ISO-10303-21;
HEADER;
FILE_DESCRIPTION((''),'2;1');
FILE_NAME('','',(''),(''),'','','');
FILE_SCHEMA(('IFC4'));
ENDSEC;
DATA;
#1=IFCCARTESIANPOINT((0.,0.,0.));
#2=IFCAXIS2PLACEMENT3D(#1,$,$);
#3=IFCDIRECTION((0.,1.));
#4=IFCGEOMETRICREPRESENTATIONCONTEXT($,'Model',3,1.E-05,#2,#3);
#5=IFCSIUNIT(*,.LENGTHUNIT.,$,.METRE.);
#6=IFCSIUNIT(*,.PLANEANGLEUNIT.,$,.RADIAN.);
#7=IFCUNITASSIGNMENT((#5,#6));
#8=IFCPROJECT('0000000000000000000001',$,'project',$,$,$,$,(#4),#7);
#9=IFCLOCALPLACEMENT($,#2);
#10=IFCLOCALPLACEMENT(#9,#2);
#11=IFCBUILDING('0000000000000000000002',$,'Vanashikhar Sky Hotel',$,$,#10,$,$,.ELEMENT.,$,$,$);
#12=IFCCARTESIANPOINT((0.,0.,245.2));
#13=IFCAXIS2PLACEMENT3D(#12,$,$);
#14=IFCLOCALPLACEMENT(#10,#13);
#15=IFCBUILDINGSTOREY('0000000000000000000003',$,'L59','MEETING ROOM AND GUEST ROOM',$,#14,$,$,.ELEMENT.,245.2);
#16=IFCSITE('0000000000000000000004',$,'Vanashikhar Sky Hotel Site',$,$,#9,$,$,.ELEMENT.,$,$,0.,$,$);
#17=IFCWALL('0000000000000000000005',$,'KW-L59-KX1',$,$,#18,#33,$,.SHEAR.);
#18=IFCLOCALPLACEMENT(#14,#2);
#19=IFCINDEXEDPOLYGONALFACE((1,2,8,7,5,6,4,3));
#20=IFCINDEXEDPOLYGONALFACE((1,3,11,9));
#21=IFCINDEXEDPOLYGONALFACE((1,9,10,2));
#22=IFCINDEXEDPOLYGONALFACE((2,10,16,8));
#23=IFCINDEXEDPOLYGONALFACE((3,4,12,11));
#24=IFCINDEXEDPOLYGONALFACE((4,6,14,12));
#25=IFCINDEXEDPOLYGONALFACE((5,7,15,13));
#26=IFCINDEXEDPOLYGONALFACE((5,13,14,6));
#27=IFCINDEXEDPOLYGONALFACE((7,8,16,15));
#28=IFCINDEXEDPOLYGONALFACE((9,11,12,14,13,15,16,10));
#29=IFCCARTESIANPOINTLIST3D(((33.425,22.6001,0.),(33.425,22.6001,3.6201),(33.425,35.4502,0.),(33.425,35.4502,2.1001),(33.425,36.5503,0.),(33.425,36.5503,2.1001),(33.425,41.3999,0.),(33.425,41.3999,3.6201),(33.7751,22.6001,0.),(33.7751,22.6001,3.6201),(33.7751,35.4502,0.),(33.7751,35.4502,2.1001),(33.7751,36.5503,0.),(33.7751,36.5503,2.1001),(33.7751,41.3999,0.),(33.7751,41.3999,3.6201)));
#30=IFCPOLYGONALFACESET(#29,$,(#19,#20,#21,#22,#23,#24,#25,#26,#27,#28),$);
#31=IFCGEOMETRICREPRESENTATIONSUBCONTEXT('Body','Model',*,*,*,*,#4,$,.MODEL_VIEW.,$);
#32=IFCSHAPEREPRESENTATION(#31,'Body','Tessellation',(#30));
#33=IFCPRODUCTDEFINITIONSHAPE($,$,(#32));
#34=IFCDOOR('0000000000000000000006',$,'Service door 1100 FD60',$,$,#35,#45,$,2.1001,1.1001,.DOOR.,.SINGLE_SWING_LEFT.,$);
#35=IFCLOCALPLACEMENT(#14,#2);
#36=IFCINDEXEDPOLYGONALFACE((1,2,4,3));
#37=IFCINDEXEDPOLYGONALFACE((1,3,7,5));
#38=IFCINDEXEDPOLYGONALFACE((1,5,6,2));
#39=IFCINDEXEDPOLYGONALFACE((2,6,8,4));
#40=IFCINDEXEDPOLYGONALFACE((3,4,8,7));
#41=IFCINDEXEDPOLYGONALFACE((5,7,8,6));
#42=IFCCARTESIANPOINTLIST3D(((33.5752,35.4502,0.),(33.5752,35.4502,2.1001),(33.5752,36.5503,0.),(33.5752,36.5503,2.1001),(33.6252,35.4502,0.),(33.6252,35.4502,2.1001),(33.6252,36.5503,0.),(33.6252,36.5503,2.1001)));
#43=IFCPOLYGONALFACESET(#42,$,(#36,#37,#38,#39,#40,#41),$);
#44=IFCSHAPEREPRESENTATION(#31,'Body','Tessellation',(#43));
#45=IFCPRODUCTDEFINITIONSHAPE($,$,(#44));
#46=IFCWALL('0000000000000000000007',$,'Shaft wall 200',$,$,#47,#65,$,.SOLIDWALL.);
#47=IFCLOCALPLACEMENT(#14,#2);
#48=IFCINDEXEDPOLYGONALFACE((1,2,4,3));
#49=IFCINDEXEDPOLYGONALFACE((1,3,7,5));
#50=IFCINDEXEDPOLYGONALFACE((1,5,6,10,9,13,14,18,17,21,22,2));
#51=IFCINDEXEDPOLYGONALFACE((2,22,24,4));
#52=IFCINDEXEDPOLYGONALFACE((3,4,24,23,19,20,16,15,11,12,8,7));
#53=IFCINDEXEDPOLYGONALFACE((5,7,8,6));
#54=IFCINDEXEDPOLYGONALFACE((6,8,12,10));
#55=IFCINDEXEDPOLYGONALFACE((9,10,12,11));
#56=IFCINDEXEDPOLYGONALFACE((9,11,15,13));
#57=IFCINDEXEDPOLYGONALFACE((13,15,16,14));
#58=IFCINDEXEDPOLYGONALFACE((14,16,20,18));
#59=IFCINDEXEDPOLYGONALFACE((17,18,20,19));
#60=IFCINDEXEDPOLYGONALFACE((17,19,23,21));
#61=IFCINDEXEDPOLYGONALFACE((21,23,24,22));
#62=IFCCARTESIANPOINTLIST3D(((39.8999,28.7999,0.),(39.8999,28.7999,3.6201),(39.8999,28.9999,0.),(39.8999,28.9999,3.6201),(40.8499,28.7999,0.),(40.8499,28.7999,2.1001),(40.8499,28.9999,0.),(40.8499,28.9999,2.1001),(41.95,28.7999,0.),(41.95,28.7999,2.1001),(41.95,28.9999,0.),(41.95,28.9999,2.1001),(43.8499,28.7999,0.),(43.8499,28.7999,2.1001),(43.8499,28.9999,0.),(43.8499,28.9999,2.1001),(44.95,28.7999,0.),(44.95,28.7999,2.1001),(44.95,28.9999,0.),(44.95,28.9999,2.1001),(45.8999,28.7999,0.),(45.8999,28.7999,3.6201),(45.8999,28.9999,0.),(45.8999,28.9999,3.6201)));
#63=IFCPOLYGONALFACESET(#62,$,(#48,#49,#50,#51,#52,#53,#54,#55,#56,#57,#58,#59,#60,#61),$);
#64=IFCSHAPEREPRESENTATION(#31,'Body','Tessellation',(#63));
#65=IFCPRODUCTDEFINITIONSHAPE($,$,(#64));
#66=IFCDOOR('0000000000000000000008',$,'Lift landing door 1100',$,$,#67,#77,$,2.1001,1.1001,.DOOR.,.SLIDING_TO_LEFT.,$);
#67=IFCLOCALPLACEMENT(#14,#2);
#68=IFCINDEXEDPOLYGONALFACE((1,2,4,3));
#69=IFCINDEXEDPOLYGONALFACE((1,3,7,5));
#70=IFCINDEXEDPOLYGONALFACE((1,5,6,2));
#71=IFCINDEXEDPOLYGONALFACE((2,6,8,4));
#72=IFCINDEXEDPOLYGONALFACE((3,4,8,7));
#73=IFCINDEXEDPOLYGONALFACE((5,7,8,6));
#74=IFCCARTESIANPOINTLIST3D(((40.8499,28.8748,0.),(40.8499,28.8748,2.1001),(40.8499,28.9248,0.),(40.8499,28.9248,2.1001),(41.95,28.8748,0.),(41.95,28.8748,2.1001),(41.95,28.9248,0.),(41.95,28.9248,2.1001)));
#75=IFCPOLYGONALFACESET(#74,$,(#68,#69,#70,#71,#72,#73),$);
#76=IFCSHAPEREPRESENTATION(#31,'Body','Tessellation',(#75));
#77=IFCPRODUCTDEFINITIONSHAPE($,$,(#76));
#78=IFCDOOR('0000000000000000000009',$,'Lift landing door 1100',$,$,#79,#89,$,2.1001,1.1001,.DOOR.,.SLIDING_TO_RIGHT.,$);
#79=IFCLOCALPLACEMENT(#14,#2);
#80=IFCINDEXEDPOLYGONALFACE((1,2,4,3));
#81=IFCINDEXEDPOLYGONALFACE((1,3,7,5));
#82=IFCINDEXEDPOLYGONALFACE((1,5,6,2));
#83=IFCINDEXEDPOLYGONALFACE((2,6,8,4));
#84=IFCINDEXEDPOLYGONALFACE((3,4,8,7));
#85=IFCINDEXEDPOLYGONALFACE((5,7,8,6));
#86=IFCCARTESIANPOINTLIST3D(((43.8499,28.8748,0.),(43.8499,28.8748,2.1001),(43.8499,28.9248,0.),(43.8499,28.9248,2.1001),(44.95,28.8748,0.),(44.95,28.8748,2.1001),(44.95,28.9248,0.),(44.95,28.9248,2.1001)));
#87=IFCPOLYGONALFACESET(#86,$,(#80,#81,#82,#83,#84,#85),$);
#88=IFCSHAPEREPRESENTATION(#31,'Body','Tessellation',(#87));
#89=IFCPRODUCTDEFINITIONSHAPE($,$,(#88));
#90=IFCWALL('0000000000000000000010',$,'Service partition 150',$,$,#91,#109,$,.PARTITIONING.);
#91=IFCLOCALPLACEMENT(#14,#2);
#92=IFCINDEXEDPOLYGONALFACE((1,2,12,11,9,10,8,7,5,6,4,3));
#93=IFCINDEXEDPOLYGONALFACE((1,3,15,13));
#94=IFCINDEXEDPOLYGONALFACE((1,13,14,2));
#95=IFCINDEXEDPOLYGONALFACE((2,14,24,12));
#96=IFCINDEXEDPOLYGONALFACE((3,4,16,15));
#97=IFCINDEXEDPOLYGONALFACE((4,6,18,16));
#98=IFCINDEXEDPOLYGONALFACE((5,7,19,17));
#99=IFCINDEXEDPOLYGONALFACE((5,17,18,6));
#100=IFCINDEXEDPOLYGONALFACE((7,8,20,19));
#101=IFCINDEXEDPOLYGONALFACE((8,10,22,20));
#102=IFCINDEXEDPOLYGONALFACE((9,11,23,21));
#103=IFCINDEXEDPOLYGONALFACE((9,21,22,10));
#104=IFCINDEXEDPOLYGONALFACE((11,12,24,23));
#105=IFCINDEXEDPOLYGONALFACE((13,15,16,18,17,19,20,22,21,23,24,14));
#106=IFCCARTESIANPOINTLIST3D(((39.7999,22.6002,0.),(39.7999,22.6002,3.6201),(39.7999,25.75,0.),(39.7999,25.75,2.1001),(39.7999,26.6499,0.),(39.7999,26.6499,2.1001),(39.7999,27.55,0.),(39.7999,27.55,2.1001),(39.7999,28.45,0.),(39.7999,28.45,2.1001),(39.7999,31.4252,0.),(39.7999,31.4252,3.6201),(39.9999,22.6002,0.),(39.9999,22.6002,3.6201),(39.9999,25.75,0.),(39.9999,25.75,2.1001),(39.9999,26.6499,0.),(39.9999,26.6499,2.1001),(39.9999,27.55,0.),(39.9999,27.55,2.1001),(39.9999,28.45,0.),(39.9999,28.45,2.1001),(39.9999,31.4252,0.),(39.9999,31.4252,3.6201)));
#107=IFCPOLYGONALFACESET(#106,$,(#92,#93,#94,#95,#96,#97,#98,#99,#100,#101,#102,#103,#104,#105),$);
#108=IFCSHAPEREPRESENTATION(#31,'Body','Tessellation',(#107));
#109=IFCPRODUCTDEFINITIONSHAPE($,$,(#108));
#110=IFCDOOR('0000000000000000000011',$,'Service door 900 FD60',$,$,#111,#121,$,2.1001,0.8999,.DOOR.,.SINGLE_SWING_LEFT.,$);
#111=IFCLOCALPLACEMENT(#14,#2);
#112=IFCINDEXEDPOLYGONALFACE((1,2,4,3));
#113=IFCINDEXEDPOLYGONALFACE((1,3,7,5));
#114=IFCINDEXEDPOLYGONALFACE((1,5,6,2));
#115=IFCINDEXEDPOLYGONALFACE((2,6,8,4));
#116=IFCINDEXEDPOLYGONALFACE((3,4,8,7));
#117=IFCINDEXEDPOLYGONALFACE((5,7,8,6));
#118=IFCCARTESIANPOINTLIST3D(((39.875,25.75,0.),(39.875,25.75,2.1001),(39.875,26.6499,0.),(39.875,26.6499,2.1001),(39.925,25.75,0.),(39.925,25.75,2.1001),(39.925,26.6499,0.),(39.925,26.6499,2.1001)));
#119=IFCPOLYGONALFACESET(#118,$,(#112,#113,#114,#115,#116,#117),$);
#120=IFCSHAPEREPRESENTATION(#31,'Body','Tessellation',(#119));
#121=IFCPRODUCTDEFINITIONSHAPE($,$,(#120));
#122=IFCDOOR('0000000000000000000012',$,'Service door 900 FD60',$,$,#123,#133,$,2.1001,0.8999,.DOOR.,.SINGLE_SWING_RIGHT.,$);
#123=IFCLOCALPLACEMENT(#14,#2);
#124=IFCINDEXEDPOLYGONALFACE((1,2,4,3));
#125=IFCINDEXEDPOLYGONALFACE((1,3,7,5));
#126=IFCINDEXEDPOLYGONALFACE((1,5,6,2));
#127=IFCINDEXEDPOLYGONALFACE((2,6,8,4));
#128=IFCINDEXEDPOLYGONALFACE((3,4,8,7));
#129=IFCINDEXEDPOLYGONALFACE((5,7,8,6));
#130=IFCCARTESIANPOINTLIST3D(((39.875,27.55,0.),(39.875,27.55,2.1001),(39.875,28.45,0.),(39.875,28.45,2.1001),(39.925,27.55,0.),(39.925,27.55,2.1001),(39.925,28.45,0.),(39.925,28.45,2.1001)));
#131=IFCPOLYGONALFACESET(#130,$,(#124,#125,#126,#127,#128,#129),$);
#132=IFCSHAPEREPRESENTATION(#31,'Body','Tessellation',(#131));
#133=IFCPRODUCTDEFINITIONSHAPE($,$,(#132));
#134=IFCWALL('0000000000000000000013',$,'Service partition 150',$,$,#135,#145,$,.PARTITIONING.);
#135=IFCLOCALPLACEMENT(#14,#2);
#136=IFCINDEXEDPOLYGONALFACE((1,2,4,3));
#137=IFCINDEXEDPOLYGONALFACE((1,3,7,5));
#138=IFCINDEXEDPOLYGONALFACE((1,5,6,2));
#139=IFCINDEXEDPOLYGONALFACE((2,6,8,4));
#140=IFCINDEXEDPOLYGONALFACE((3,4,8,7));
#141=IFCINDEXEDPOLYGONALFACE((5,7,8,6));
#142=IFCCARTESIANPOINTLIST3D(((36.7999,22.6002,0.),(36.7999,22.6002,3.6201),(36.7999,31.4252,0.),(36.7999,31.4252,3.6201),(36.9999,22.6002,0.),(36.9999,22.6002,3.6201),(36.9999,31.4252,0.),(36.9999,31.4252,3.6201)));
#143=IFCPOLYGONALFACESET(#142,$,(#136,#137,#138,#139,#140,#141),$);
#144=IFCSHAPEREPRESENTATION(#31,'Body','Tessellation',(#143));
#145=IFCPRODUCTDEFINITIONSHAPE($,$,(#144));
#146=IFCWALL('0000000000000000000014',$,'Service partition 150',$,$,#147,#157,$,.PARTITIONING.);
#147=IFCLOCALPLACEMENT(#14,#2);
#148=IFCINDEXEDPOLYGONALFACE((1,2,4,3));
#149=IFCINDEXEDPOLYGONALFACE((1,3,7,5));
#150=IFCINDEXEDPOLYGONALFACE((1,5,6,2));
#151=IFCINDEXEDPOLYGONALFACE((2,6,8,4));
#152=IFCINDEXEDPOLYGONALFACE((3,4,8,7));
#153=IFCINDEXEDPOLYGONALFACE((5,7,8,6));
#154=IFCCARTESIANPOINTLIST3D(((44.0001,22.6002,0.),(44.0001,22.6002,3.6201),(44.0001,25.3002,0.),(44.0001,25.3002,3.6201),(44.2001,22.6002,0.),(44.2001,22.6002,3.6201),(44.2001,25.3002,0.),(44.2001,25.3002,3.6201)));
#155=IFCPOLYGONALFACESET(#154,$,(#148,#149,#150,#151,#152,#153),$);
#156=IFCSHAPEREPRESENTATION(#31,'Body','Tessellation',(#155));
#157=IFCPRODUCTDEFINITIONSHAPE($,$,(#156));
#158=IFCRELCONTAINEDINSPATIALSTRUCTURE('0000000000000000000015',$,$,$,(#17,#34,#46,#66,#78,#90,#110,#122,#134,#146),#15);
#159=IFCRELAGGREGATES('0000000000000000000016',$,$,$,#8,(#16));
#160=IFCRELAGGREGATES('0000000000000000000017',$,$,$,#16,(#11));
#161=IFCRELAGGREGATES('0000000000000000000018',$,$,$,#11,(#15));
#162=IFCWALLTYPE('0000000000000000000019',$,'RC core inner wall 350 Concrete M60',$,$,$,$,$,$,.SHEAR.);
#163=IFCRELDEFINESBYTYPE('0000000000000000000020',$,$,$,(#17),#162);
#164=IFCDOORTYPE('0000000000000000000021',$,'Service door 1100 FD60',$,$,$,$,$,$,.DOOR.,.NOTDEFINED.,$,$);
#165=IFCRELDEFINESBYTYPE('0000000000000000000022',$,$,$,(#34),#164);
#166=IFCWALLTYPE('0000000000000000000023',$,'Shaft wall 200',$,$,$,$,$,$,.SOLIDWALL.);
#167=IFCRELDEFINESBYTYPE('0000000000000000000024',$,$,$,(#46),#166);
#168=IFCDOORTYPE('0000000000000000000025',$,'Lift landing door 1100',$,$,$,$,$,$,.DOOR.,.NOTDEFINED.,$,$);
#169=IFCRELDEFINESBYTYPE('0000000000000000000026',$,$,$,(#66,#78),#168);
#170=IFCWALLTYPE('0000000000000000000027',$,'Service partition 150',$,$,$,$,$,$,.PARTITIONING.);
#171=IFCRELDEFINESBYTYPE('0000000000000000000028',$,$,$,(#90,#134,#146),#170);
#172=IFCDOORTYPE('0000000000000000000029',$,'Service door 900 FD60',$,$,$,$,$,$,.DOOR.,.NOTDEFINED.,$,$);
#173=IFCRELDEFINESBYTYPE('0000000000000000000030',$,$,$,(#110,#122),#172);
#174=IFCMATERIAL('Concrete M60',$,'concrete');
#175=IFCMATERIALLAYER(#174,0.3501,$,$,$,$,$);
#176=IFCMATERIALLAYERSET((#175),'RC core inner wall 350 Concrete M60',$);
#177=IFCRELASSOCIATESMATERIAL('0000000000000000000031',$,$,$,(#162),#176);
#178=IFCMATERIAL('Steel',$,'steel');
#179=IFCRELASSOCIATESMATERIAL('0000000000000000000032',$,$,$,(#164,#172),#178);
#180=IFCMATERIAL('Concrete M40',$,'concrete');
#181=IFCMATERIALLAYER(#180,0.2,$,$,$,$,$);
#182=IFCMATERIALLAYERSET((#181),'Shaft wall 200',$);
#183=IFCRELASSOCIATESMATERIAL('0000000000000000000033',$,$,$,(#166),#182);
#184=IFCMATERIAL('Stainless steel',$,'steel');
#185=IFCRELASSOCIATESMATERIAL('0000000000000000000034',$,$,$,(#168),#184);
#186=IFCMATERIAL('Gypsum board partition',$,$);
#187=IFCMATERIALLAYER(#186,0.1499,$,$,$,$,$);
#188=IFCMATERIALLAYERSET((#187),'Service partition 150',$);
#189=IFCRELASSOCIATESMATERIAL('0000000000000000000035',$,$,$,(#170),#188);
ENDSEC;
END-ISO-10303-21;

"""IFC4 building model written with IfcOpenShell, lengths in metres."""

from ifc_helpers import new_model, si_unit, direction, frame, frame_2d, origin, place, context, subcontext, project, spatial, rectangle, extrude, source, transform, mapped, material, layer, layer_set, type_object, element, fill, save


model = new_model("IFC4")

# Units and contexts
model_context = context("Model", 3, precision=1e-05, world=origin(), true_north=direction((0.0, 1.0)))
body_context = subcontext(model_context, "Body", "Model", "MODEL_VIEW")
ifc_project = project(units=[si_unit("LENGTHUNIT", "METRE"), si_unit("PLANEANGLEUNIT", "RADIAN")], contexts=[model_context])

# Site, building, storey
site_placement = place(None, origin())
site = spatial("IfcSite", under=ifc_project, at=site_placement, Name="Vanashikhar Sky Hotel Site", CompositionType="ELEMENT", RefElevation=0.0)
building_placement = place(site_placement, origin())
building = spatial("IfcBuilding", under=site, at=building_placement, Name="Vanashikhar Sky Hotel", CompositionType="ELEMENT")
storey_placement = place(building_placement, frame((0.0, 0.0, 245.2)))
storey = spatial("IfcBuildingStorey", under=building, at=storey_placement, Name="L59", Description="MEETING ROOM AND GUEST ROOM", CompositionType="ELEMENT", Elevation=245.2)

# Wall, opening, door
ifc_material_1 = material(Name="Concrete M60", Category="concrete")
ifc_layer_1 = layer(ifc_material_1, 0.3501)
ifc_layer_set_1 = layer_set([ifc_layer_1], Name="RC core inner wall 350 Concrete M60")
wall_type_1 = type_object("IfcWallType", Name="RC core inner wall 350 Concrete M60", PredefinedType="SHEAR", material=ifc_layer_set_1)
shared_shape_1 = source(origin(), body_context, "Body", "SweptSolid", [
    extrude(rectangle(XDim=18.7998, YDim=0.3501, at=frame_2d((9.3999, 0.0))), origin(), (0.0, 0.0, 1.0), 3.6201),
])
wall_1_placement = place(storey_placement, frame((33.6001, 22.6001, 0.0), z_axis=(0.0, 0.0, 1.0), x_axis=(0.0, 1.0, 0.0)))
wall_1 = element("IfcWall", 1, at=wall_1_placement, inside=storey, type_object=wall_type_1, Name="KW-L59-KX1", PredefinedType="SHEAR", context=body_context, shape_type="MappedRepresentation", body=[
    mapped(shared_shape_1, transform((0.0, 0.0, 0.0), scale=1.0)),
])
shared_shape_2 = source(origin(), body_context, "Body", "SweptSolid", [
    extrude(rectangle(XDim=1.1001, YDim=2.1001, at=frame_2d((0.55, 1.05))), frame((0.0, 0.1851, 0.0), z_axis=(0.0, -1.0, 0.0), x_axis=(1.0, 0.0, 0.0)), (0.0, 0.0, 1.0), 0.3701),
])
opening_1_placement = place(wall_1_placement, frame((12.8501, 0.0, 0.0)))
opening_1 = element("IfcOpeningElement", 2, at=opening_1_placement, cuts=wall_1, PredefinedType="OPENING", context=body_context, shape_type="MappedRepresentation", body=[
    mapped(shared_shape_2, transform((0.0, 0.0, 0.0), scale=1.0)),
])
ifc_material_2 = material(Name="Steel", Category="steel")
door_type_1 = type_object("IfcDoorType", Name="Service door 1100 FD60", OperationType="NOTDEFINED", PredefinedType="DOOR", material=ifc_material_2)
shared_shape_3 = source(origin(), body_context, "Body", "SweptSolid", [
    extrude(rectangle(XDim=1.1001, YDim=2.1001, at=frame_2d((0.55, 1.05))), frame((0.0, 0.0249, 0.0), z_axis=(0.0, -1.0, 0.0), x_axis=(1.0, 0.0, 0.0)), (0.0, 0.0, 1.0), 0.05),
])
door_1_placement = place(opening_1_placement, origin())
door_1 = element("IfcDoor", 3, at=door_1_placement, inside=storey, type_object=door_type_1, Name="Service door 1100 FD60", OperationType="SINGLE_SWING_LEFT", OverallHeight=2.1001, OverallWidth=1.1001, PredefinedType="DOOR", context=body_context, shape_type="MappedRepresentation", body=[
    mapped(shared_shape_3, transform((0.0, 0.0, 0.0), scale=1.0)),
])
fill(opening_1, door_1)

# Walls, openings, doors
ifc_material_3 = material(Name="Concrete M40", Category="concrete")
ifc_layer_2 = layer(ifc_material_3, 0.2)
ifc_layer_set_2 = layer_set([ifc_layer_2], Name="Shaft wall 200")
wall_type_2 = type_object("IfcWallType", Name="Shaft wall 200", PredefinedType="SOLIDWALL", material=ifc_layer_set_2)
shared_shape_4 = source(origin(), body_context, "Body", "SweptSolid", [
    extrude(rectangle(XDim=6.0, YDim=0.2, at=frame_2d((3.0, 0.0))), origin(), (0.0, 0.0, 1.0), 3.6201),
])
wall_2_placement = place(storey_placement, frame((39.8999, 28.8999, 0.0), z_axis=(0.0, 0.0, 1.0), x_axis=(1.0, 0.0, 0.0)))
wall_2 = element("IfcWall", 4, at=wall_2_placement, inside=storey, type_object=wall_type_2, Name="Shaft wall 200", PredefinedType="SOLIDWALL", context=body_context, shape_type="MappedRepresentation", body=[
    mapped(shared_shape_4, transform((0.0, 0.0, 0.0), scale=1.0)),
])
shared_shape_5 = source(origin(), body_context, "Body", "SweptSolid", [
    extrude(rectangle(XDim=1.1001, YDim=2.1001, at=frame_2d((0.55, 1.05))), frame((0.0, 0.1099, 0.0), z_axis=(0.0, -1.0, 0.0), x_axis=(1.0, 0.0, 0.0)), (0.0, 0.0, 1.0), 0.22),
])
opening_2_placement = place(wall_2_placement, frame((0.95, 0.0, 0.0)))
opening_2 = element("IfcOpeningElement", 5, at=opening_2_placement, cuts=wall_2, PredefinedType="OPENING", context=body_context, shape_type="MappedRepresentation", body=[
    mapped(shared_shape_5, transform((0.0, 0.0, 0.0), scale=1.0)),
])
opening_3_placement = place(wall_2_placement, frame((3.95, 0.0, 0.0)))
opening_3 = element("IfcOpeningElement", 6, at=opening_3_placement, cuts=wall_2, PredefinedType="OPENING", context=body_context, shape_type="MappedRepresentation", body=[
    mapped(shared_shape_5, transform((0.0, 0.0, 0.0), scale=1.0)),
])
ifc_material_4 = material(Name="Stainless steel", Category="steel")
door_type_2 = type_object("IfcDoorType", Name="Lift landing door 1100", OperationType="NOTDEFINED", PredefinedType="DOOR", material=ifc_material_4)
door_2_placement = place(opening_2_placement, origin())
door_2 = element("IfcDoor", 7, at=door_2_placement, inside=storey, type_object=door_type_2, Name="Lift landing door 1100", OperationType="SLIDING_TO_LEFT", OverallHeight=2.1001, OverallWidth=1.1001, PredefinedType="DOOR", context=body_context, shape_type="MappedRepresentation", body=[
    mapped(shared_shape_3, transform((0.0, 0.0, 0.0), scale=1.0)),
])
fill(opening_2, door_2)
door_3_placement = place(opening_3_placement, origin())
door_3 = element("IfcDoor", 8, at=door_3_placement, inside=storey, type_object=door_type_2, Name="Lift landing door 1100", OperationType="SLIDING_TO_RIGHT", OverallHeight=2.1001, OverallWidth=1.1001, PredefinedType="DOOR", context=body_context, shape_type="MappedRepresentation", body=[
    mapped(shared_shape_3, transform((0.0, 0.0, 0.0), scale=1.0)),
])
fill(opening_3, door_3)
ifc_material_5 = material(Name="Gypsum board partition")
ifc_layer_3 = layer(ifc_material_5, 0.1499)
ifc_layer_set_3 = layer_set([ifc_layer_3], Name="Service partition 150")
wall_type_3 = type_object("IfcWallType", Name="Service partition 150", PredefinedType="PARTITIONING", material=ifc_layer_set_3)
shared_shape_6 = source(origin(), body_context, "Body", "SweptSolid", [
    extrude(rectangle(XDim=8.825, YDim=0.2, at=frame_2d((4.4126, 0.0))), origin(), (0.0, 0.0, 1.0), 3.6201),
])
wall_3_placement = place(storey_placement, frame((39.8999, 22.6001, 0.0), z_axis=(0.0, 0.0, 1.0), x_axis=(0.0, 1.0, 0.0)))
wall_3 = element("IfcWall", 9, at=wall_3_placement, inside=storey, type_object=wall_type_3, Name="Service partition 150", PredefinedType="PARTITIONING", context=body_context, shape_type="MappedRepresentation", body=[
    mapped(shared_shape_6, transform((0.0, 0.0, 0.0), scale=1.0)),
])
shared_shape_7 = source(origin(), body_context, "Body", "SweptSolid", [
    extrude(rectangle(XDim=0.8999, YDim=2.1001, at=frame_2d((0.45, 1.05))), frame((0.0, 0.1099, 0.0), z_axis=(0.0, -1.0, 0.0), x_axis=(1.0, 0.0, 0.0)), (0.0, 0.0, 1.0), 0.22),
])
opening_4_placement = place(wall_3_placement, frame((3.1499, 0.0, 0.0)))
opening_4 = element("IfcOpeningElement", 10, at=opening_4_placement, cuts=wall_3, PredefinedType="OPENING", context=body_context, shape_type="MappedRepresentation", body=[
    mapped(shared_shape_7, transform((0.0, 0.0, 0.0), scale=1.0)),
])
opening_5_placement = place(wall_3_placement, frame((4.95, 0.0, 0.0)))
opening_5 = element("IfcOpeningElement", 11, at=opening_5_placement, cuts=wall_3, PredefinedType="OPENING", context=body_context, shape_type="MappedRepresentation", body=[
    mapped(shared_shape_7, transform((0.0, 0.0, 0.0), scale=1.0)),
])
door_type_3 = type_object("IfcDoorType", Name="Service door 900 FD60", OperationType="NOTDEFINED", PredefinedType="DOOR", material=ifc_material_2)
shared_shape_8 = source(origin(), body_context, "Body", "SweptSolid", [
    extrude(rectangle(XDim=0.8999, YDim=2.1001, at=frame_2d((0.45, 1.05))), frame((0.0, 0.0249, 0.0), z_axis=(0.0, -1.0, 0.0), x_axis=(1.0, 0.0, 0.0)), (0.0, 0.0, 1.0), 0.05),
])
door_4_placement = place(opening_4_placement, origin())
door_4 = element("IfcDoor", 12, at=door_4_placement, inside=storey, type_object=door_type_3, Name="Service door 900 FD60", OperationType="SINGLE_SWING_LEFT", OverallHeight=2.1001, OverallWidth=0.8999, PredefinedType="DOOR", context=body_context, shape_type="MappedRepresentation", body=[
    mapped(shared_shape_8, transform((0.0, 0.0, 0.0), scale=1.0)),
])
fill(opening_4, door_4)
door_5_placement = place(opening_5_placement, origin())
door_5 = element("IfcDoor", 13, at=door_5_placement, inside=storey, type_object=door_type_3, Name="Service door 900 FD60", OperationType="SINGLE_SWING_RIGHT", OverallHeight=2.1001, OverallWidth=0.8999, PredefinedType="DOOR", context=body_context, shape_type="MappedRepresentation", body=[
    mapped(shared_shape_8, transform((0.0, 0.0, 0.0), scale=1.0)),
])
fill(opening_5, door_5)

# Walls
wall_4_placement = place(storey_placement, frame((36.8999, 22.6001, 0.0), z_axis=(0.0, 0.0, 1.0), x_axis=(0.0, 1.0, 0.0)))
element("IfcWall", 14, at=wall_4_placement, inside=storey, type_object=wall_type_3, Name="Service partition 150", PredefinedType="PARTITIONING", context=body_context, shape_type="MappedRepresentation", body=[
    mapped(shared_shape_6, transform((0.0, 0.0, 0.0), scale=1.0)),
])
shared_shape_9 = source(origin(), body_context, "Body", "SweptSolid", [
    extrude(rectangle(XDim=2.7, YDim=0.2, at=frame_2d((1.3501, 0.0))), origin(), (0.0, 0.0, 1.0), 3.6201),
])
wall_5_placement = place(storey_placement, frame((44.1001, 22.6001, 0.0), z_axis=(0.0, 0.0, 1.0), x_axis=(0.0, 1.0, 0.0)))
element("IfcWall", 15, at=wall_5_placement, inside=storey, type_object=wall_type_3, Name="Service partition 150", PredefinedType="PARTITIONING", context=body_context, shape_type="MappedRepresentation", body=[
    mapped(shared_shape_9, transform((0.0, 0.0, 0.0), scale=1.0)),
])

save(model, "model.ifc")
